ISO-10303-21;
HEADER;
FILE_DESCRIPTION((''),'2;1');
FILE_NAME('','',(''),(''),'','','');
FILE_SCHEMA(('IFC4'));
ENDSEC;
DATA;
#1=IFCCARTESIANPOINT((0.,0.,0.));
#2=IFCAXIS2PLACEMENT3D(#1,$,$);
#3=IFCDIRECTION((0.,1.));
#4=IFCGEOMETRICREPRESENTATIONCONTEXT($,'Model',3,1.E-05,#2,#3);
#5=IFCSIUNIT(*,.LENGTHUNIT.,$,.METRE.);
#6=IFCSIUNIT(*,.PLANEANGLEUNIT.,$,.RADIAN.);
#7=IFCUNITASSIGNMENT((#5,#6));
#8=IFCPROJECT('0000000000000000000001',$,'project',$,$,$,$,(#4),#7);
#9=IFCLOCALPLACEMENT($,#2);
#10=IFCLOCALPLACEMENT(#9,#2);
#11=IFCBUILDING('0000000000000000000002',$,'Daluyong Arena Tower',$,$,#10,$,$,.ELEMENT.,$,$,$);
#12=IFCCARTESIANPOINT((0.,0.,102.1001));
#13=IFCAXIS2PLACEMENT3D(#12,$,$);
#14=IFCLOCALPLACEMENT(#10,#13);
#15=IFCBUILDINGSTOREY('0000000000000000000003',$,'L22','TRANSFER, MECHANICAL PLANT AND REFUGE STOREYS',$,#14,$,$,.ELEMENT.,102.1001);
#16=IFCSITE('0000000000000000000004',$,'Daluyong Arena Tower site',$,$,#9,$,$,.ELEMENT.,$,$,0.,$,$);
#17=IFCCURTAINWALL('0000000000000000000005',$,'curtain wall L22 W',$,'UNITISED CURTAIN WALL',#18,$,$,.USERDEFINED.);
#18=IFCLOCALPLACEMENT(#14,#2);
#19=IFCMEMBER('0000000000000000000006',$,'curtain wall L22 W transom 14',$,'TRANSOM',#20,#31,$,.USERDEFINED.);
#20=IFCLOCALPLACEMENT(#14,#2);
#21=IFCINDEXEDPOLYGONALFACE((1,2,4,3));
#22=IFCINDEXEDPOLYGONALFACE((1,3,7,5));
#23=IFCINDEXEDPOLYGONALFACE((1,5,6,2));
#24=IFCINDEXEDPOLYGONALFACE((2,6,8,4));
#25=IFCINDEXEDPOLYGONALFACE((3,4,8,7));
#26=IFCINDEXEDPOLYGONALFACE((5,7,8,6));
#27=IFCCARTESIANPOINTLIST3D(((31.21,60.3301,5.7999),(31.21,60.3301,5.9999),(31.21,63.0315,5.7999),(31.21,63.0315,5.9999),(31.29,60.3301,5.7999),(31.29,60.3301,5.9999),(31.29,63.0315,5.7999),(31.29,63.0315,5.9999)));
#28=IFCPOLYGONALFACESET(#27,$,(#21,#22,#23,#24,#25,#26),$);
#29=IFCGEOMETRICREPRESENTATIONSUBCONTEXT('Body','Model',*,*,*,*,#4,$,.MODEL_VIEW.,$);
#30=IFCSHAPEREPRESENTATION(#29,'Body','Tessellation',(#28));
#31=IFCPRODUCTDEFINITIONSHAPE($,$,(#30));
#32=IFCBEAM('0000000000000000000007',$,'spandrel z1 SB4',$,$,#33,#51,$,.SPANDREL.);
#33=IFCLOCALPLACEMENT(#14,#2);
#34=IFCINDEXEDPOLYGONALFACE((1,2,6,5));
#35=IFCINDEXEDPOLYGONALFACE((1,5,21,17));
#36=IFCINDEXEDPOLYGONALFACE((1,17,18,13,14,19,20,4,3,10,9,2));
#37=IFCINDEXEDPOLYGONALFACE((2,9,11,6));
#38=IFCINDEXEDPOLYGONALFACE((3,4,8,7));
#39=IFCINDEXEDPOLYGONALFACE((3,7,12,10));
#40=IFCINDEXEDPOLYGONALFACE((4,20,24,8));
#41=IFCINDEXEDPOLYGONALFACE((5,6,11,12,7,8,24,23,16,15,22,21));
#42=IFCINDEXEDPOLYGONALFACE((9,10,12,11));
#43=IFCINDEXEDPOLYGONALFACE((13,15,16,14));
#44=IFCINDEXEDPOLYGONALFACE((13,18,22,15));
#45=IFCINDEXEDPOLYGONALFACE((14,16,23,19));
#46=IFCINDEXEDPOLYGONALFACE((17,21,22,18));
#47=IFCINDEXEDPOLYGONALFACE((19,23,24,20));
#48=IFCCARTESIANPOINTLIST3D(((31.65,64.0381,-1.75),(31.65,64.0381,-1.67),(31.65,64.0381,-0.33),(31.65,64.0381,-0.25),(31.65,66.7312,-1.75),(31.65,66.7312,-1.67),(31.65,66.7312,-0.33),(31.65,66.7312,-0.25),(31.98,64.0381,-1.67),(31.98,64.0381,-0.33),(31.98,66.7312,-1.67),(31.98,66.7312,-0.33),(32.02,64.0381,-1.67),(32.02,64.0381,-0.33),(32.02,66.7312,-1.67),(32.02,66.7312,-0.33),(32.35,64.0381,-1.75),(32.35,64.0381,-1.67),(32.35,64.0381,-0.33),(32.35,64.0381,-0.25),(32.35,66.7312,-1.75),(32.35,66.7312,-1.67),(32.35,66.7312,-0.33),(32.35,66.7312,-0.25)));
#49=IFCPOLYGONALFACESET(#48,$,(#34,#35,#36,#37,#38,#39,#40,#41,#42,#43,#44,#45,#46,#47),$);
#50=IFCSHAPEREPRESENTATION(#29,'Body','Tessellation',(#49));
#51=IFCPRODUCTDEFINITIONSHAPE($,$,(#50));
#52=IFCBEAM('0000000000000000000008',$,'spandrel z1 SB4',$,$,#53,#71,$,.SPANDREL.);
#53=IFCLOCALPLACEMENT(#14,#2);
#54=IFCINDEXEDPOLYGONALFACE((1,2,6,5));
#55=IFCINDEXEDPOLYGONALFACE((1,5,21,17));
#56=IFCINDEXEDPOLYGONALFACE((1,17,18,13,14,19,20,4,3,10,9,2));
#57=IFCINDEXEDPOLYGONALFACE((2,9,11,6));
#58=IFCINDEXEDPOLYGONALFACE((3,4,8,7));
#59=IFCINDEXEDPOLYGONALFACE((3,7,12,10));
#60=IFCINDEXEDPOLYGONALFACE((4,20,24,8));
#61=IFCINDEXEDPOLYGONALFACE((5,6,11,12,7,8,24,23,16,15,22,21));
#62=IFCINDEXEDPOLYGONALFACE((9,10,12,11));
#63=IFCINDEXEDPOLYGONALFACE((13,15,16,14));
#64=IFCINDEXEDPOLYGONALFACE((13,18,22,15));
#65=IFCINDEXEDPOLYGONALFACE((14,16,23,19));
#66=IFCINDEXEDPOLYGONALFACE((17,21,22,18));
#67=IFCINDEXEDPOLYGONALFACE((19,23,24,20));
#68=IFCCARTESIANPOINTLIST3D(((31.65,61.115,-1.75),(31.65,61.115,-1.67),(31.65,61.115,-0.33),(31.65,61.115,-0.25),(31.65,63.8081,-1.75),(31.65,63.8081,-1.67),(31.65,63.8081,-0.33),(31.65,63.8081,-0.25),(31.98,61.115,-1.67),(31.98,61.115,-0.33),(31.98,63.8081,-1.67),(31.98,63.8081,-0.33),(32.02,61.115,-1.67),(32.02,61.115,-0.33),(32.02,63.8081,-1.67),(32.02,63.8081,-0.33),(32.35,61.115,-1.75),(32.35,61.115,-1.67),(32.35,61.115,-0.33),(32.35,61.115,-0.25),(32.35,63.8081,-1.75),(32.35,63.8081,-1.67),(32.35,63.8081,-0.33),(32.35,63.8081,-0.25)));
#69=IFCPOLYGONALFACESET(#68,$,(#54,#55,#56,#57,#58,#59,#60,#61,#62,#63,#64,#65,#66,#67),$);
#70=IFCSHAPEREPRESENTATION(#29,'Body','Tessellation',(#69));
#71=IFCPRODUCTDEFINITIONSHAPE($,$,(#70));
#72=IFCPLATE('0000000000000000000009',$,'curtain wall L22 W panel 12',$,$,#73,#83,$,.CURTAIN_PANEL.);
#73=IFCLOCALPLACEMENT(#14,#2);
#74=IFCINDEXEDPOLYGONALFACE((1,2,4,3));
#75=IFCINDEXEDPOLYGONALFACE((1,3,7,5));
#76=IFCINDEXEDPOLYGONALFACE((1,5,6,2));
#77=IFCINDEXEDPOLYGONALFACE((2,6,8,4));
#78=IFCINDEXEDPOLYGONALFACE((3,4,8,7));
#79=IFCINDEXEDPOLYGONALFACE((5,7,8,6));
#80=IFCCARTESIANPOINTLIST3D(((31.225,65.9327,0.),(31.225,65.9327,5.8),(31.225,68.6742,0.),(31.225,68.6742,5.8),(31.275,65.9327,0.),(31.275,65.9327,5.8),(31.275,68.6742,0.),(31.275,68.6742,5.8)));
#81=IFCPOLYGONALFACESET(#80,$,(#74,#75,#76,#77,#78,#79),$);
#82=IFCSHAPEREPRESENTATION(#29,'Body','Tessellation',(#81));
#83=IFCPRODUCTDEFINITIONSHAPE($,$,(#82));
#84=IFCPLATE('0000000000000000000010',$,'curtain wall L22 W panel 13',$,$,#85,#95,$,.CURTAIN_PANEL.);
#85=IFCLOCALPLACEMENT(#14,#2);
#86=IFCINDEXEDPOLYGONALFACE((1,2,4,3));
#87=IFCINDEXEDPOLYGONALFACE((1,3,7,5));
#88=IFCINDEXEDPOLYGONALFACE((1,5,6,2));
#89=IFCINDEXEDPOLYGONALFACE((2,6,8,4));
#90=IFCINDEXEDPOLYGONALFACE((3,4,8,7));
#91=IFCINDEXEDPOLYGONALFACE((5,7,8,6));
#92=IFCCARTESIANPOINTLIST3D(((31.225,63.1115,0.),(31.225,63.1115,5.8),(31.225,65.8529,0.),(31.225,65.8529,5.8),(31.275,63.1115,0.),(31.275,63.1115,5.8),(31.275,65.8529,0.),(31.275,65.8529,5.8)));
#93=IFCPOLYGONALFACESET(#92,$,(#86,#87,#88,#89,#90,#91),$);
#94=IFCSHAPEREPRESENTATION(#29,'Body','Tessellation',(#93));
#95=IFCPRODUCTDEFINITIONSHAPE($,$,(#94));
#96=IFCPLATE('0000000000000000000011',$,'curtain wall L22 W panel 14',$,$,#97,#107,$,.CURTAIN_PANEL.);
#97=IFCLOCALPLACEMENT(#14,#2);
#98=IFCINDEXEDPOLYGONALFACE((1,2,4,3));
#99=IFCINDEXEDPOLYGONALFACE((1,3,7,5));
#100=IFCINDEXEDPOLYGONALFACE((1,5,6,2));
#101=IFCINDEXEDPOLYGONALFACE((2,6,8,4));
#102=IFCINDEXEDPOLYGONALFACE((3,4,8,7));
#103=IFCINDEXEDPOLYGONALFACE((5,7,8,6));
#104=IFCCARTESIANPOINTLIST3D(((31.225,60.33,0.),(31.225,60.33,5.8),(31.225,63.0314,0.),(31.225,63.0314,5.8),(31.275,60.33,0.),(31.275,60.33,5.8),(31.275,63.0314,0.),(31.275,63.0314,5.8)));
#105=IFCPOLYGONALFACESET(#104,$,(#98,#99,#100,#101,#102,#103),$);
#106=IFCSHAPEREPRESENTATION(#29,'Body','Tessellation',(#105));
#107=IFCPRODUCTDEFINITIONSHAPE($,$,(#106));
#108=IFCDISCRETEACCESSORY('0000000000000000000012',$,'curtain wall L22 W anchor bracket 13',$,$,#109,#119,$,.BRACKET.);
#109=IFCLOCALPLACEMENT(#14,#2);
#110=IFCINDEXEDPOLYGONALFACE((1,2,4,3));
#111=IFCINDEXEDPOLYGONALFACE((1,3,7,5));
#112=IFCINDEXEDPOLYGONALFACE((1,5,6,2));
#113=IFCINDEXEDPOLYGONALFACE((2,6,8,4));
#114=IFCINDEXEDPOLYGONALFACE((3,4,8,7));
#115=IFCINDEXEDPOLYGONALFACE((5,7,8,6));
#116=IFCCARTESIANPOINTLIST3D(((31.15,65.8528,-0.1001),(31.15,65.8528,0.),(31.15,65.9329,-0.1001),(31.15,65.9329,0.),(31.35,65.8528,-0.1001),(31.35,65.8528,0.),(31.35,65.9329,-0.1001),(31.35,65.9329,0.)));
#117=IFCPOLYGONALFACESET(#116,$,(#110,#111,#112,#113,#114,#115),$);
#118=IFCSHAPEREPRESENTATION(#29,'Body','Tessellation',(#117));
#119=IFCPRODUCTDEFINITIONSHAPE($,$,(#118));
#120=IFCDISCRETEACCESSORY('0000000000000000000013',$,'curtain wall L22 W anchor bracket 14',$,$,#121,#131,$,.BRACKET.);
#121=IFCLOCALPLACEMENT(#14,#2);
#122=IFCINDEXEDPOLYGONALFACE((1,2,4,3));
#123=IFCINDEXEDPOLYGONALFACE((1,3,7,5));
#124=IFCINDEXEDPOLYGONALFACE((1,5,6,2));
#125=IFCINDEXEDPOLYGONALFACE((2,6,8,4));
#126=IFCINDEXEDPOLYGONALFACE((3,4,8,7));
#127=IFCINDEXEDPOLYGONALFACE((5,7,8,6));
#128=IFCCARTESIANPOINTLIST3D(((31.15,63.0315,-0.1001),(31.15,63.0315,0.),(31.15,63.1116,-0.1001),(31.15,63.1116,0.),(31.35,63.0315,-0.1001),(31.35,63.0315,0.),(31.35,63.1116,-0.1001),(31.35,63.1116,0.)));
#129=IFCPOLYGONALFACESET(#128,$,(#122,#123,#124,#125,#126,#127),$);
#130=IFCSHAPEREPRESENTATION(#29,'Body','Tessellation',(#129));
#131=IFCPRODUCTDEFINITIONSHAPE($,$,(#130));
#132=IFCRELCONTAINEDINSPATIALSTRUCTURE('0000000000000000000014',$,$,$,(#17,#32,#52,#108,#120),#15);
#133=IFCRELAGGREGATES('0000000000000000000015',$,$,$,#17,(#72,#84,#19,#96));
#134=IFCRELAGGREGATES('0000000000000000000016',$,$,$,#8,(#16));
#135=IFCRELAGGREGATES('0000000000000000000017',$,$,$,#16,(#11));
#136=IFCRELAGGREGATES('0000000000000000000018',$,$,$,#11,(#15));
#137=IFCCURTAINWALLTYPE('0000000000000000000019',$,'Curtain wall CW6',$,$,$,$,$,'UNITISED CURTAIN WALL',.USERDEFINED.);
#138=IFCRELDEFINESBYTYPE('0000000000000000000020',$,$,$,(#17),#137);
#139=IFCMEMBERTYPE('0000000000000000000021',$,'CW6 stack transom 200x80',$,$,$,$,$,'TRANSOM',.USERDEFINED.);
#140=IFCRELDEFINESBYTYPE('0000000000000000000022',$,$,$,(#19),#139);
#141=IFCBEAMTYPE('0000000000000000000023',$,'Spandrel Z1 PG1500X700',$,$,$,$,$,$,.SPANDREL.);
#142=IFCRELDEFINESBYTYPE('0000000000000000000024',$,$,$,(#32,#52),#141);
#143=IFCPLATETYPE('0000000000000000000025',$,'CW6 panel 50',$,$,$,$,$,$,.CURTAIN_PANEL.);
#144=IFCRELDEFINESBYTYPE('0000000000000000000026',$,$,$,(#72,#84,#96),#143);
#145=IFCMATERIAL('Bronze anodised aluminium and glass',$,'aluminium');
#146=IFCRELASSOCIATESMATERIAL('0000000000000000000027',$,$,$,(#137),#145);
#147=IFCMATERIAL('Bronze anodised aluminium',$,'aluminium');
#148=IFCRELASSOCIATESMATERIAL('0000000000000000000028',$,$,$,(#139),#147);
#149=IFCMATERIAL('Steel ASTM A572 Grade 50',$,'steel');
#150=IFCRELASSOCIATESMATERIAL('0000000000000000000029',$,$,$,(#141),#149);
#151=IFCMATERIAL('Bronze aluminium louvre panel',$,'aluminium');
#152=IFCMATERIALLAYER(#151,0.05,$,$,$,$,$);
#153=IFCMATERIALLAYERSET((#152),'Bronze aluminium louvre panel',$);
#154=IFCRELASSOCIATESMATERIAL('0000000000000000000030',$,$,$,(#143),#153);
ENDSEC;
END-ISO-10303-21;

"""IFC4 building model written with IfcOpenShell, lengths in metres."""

from ifc_helpers import new_model, si_unit, direction, frame, origin, origin_2d, place, context, subcontext, project, spatial, rectangle, i_section, extrude, material, layer, layer_set, material_profile, profile_set, type_object, element, aggregate, save


model = new_model("IFC4")

# Units and contexts
model_context = context("Model", 3, precision=1e-05, world=origin(), true_north=direction((0.0, 1.0)))
body_context = subcontext(model_context, "Body", "Model", "MODEL_VIEW")
ifc_project = project(units=[si_unit("LENGTHUNIT", "METRE"), si_unit("PLANEANGLEUNIT", "RADIAN")], contexts=[model_context])

# Site, building, storey
site_placement = place(None, origin())
site = spatial("IfcSite", under=ifc_project, at=site_placement, Name="Daluyong Arena Tower site", CompositionType="ELEMENT", RefElevation=0.0)
building_placement = place(site_placement, origin())
building = spatial("IfcBuilding", under=site, at=building_placement, Name="Daluyong Arena Tower", CompositionType="ELEMENT")
storey_placement = place(building_placement, frame((0.0, 0.0, 102.1001)))
storey = spatial("IfcBuildingStorey", under=building, at=storey_placement, Name="L22", Description="TRANSFER, MECHANICAL PLANT AND REFUGE STOREYS", CompositionType="ELEMENT", Elevation=102.1001)

# Curtain wall, member
ifc_material_1 = material(Name="Bronze anodised aluminium and glass", Category="aluminium")
curtain_wall_type = type_object("IfcCurtainWallType", Name="Curtain wall CW6", ElementType="UNITISED CURTAIN WALL", PredefinedType="USERDEFINED", material=ifc_material_1)
curtain_wall_placement = place(storey_placement, origin())
curtain_wall = element("IfcCurtainWall", 1, at=curtain_wall_placement, inside=storey, type_object=curtain_wall_type, Name="curtain wall L22 W", ObjectType="UNITISED CURTAIN WALL", PredefinedType="USERDEFINED")
ifc_material_2 = material(Name="Bronze anodised aluminium", Category="aluminium")
ifc_material_profile_1 = material_profile(ifc_material_2, rectangle(XDim=0.0801, YDim=0.2, at=origin_2d()))
ifc_profile_set_1 = profile_set([ifc_material_profile_1], Name="Bronze anodised aluminium")
member_type_1 = type_object("IfcMemberType", Name="CW6 stack transom 200x80", ElementType="TRANSOM", PredefinedType="USERDEFINED", material=ifc_profile_set_1)
member_1_placement = place(storey_placement, frame((31.25, 63.0315, 5.8999), z_axis=(0.0, -1.0, 0.0), x_axis=(1.0, 0.0, 0.0)))
member_1 = element("IfcMember", 2, at=member_1_placement, type_object=member_type_1, Name="curtain wall L22 W transom 14", ObjectType="TRANSOM", PredefinedType="USERDEFINED", context=body_context, shape_type="SweptSolid", body=[
    extrude(rectangle(XDim=0.0801, YDim=0.2, at=origin_2d()), origin(), (0.0, 0.0, 1.0), 2.7014),
])

# Beams
ifc_material_3 = material(Name="Steel ASTM A572 Grade 50", Category="steel")
ifc_material_profile_2 = material_profile(ifc_material_3, i_section(OverallWidth=0.7, OverallDepth=1.5, WebThickness=0.04, FlangeThickness=0.08, at=origin_2d()))
ifc_profile_set_2 = profile_set([ifc_material_profile_2], Name="Steel ASTM A572 Grade 50")
beam_type = type_object("IfcBeamType", Name="Spandrel Z1 PG1500X700", PredefinedType="SPANDREL", material=ifc_profile_set_2)
for number, where, z_axis, x_axis, name in (
    (3, (32.0, 66.7312, -1.0), (0.0, -1.0, 0.0), (1.0, 0.0, 0.0), "spandrel z1 SB4"),
    (4, (32.0, 63.8081, -1.0), (0.0, -1.0, 0.0), (1.0, 0.0, 0.0), "spandrel z1 SB4"),
):
    element("IfcBeam", number, at=place(storey_placement, frame(where, z_axis=z_axis, x_axis=x_axis)), inside=storey, type_object=beam_type, Name=name, PredefinedType="SPANDREL", context=body_context, shape_type="SweptSolid", body=[
        extrude(i_section(OverallWidth=0.7, OverallDepth=1.5, WebThickness=0.04, FlangeThickness=0.08, at=origin_2d()), origin(), (0.0, 0.0, 1.0), 2.6931),
    ])

# Plates
ifc_material_4 = material(Name="Bronze aluminium louvre panel", Category="aluminium")
ifc_layer = layer(ifc_material_4, 0.05)
ifc_layer_set = layer_set([ifc_layer], Name="Bronze aluminium louvre panel")
plate_type = type_object("IfcPlateType", Name="CW6 panel 50", PredefinedType="CURTAIN_PANEL", material=ifc_layer_set)
plate_1_placement = place(storey_placement, frame((31.25, 67.3035, 0.0), z_axis=(0.0, 0.0, 1.0), x_axis=(0.0, -1.0, 0.0)))
plate_1 = element("IfcPlate", 5, at=plate_1_placement, type_object=plate_type, Name="curtain wall L22 W panel 12", PredefinedType="CURTAIN_PANEL", context=body_context, shape_type="SweptSolid", body=[
    extrude(rectangle(XDim=2.7415, YDim=0.05, at=origin_2d()), origin(), (0.0, 0.0, 1.0), 5.8),
])
plate_2_placement = place(storey_placement, frame((31.25, 64.4822, 0.0), z_axis=(0.0, 0.0, 1.0), x_axis=(0.0, -1.0, 0.0)))
plate_2 = element("IfcPlate", 6, at=plate_2_placement, type_object=plate_type, Name="curtain wall L22 W panel 13", PredefinedType="CURTAIN_PANEL", context=body_context, shape_type="SweptSolid", body=[
    extrude(rectangle(XDim=2.7415, YDim=0.05, at=origin_2d()), origin(), (0.0, 0.0, 1.0), 5.8),
])
plate_3_placement = place(storey_placement, frame((31.25, 61.6807, 0.0), z_axis=(0.0, 0.0, 1.0), x_axis=(0.0, -1.0, 0.0)))
plate_3 = element("IfcPlate", 7, at=plate_3_placement, type_object=plate_type, Name="curtain wall L22 W panel 14", PredefinedType="CURTAIN_PANEL", context=body_context, shape_type="SweptSolid", body=[
    extrude(rectangle(XDim=2.7014, YDim=0.05, at=origin_2d()), origin(), (0.0, 0.0, 1.0), 5.8),
])
aggregate(curtain_wall, [plate_1, plate_2, member_1, plate_3])

# Discrete accessories
for number, where, z_axis, x_axis, name in (
    (8, (31.25, 65.8928, -0.1001), (0.0, 0.0, 1.0), (0.0, -1.0, 0.0), "curtain wall L22 W anchor bracket 13"),
    (9, (31.25, 63.0715, -0.1001), (0.0, 0.0, 1.0), (0.0, -1.0, 0.0), "curtain wall L22 W anchor bracket 14"),
):
    element("IfcDiscreteAccessory", number, at=place(storey_placement, frame(where, z_axis=z_axis, x_axis=x_axis)), inside=storey, Name=name, PredefinedType="BRACKET", context=body_context, shape_type="SweptSolid", body=[
        extrude(rectangle(XDim=0.0801, YDim=0.2, at=origin_2d()), origin(), (0.0, 0.0, 1.0), 0.1001),
    ])

save(model, "model.ifc")
